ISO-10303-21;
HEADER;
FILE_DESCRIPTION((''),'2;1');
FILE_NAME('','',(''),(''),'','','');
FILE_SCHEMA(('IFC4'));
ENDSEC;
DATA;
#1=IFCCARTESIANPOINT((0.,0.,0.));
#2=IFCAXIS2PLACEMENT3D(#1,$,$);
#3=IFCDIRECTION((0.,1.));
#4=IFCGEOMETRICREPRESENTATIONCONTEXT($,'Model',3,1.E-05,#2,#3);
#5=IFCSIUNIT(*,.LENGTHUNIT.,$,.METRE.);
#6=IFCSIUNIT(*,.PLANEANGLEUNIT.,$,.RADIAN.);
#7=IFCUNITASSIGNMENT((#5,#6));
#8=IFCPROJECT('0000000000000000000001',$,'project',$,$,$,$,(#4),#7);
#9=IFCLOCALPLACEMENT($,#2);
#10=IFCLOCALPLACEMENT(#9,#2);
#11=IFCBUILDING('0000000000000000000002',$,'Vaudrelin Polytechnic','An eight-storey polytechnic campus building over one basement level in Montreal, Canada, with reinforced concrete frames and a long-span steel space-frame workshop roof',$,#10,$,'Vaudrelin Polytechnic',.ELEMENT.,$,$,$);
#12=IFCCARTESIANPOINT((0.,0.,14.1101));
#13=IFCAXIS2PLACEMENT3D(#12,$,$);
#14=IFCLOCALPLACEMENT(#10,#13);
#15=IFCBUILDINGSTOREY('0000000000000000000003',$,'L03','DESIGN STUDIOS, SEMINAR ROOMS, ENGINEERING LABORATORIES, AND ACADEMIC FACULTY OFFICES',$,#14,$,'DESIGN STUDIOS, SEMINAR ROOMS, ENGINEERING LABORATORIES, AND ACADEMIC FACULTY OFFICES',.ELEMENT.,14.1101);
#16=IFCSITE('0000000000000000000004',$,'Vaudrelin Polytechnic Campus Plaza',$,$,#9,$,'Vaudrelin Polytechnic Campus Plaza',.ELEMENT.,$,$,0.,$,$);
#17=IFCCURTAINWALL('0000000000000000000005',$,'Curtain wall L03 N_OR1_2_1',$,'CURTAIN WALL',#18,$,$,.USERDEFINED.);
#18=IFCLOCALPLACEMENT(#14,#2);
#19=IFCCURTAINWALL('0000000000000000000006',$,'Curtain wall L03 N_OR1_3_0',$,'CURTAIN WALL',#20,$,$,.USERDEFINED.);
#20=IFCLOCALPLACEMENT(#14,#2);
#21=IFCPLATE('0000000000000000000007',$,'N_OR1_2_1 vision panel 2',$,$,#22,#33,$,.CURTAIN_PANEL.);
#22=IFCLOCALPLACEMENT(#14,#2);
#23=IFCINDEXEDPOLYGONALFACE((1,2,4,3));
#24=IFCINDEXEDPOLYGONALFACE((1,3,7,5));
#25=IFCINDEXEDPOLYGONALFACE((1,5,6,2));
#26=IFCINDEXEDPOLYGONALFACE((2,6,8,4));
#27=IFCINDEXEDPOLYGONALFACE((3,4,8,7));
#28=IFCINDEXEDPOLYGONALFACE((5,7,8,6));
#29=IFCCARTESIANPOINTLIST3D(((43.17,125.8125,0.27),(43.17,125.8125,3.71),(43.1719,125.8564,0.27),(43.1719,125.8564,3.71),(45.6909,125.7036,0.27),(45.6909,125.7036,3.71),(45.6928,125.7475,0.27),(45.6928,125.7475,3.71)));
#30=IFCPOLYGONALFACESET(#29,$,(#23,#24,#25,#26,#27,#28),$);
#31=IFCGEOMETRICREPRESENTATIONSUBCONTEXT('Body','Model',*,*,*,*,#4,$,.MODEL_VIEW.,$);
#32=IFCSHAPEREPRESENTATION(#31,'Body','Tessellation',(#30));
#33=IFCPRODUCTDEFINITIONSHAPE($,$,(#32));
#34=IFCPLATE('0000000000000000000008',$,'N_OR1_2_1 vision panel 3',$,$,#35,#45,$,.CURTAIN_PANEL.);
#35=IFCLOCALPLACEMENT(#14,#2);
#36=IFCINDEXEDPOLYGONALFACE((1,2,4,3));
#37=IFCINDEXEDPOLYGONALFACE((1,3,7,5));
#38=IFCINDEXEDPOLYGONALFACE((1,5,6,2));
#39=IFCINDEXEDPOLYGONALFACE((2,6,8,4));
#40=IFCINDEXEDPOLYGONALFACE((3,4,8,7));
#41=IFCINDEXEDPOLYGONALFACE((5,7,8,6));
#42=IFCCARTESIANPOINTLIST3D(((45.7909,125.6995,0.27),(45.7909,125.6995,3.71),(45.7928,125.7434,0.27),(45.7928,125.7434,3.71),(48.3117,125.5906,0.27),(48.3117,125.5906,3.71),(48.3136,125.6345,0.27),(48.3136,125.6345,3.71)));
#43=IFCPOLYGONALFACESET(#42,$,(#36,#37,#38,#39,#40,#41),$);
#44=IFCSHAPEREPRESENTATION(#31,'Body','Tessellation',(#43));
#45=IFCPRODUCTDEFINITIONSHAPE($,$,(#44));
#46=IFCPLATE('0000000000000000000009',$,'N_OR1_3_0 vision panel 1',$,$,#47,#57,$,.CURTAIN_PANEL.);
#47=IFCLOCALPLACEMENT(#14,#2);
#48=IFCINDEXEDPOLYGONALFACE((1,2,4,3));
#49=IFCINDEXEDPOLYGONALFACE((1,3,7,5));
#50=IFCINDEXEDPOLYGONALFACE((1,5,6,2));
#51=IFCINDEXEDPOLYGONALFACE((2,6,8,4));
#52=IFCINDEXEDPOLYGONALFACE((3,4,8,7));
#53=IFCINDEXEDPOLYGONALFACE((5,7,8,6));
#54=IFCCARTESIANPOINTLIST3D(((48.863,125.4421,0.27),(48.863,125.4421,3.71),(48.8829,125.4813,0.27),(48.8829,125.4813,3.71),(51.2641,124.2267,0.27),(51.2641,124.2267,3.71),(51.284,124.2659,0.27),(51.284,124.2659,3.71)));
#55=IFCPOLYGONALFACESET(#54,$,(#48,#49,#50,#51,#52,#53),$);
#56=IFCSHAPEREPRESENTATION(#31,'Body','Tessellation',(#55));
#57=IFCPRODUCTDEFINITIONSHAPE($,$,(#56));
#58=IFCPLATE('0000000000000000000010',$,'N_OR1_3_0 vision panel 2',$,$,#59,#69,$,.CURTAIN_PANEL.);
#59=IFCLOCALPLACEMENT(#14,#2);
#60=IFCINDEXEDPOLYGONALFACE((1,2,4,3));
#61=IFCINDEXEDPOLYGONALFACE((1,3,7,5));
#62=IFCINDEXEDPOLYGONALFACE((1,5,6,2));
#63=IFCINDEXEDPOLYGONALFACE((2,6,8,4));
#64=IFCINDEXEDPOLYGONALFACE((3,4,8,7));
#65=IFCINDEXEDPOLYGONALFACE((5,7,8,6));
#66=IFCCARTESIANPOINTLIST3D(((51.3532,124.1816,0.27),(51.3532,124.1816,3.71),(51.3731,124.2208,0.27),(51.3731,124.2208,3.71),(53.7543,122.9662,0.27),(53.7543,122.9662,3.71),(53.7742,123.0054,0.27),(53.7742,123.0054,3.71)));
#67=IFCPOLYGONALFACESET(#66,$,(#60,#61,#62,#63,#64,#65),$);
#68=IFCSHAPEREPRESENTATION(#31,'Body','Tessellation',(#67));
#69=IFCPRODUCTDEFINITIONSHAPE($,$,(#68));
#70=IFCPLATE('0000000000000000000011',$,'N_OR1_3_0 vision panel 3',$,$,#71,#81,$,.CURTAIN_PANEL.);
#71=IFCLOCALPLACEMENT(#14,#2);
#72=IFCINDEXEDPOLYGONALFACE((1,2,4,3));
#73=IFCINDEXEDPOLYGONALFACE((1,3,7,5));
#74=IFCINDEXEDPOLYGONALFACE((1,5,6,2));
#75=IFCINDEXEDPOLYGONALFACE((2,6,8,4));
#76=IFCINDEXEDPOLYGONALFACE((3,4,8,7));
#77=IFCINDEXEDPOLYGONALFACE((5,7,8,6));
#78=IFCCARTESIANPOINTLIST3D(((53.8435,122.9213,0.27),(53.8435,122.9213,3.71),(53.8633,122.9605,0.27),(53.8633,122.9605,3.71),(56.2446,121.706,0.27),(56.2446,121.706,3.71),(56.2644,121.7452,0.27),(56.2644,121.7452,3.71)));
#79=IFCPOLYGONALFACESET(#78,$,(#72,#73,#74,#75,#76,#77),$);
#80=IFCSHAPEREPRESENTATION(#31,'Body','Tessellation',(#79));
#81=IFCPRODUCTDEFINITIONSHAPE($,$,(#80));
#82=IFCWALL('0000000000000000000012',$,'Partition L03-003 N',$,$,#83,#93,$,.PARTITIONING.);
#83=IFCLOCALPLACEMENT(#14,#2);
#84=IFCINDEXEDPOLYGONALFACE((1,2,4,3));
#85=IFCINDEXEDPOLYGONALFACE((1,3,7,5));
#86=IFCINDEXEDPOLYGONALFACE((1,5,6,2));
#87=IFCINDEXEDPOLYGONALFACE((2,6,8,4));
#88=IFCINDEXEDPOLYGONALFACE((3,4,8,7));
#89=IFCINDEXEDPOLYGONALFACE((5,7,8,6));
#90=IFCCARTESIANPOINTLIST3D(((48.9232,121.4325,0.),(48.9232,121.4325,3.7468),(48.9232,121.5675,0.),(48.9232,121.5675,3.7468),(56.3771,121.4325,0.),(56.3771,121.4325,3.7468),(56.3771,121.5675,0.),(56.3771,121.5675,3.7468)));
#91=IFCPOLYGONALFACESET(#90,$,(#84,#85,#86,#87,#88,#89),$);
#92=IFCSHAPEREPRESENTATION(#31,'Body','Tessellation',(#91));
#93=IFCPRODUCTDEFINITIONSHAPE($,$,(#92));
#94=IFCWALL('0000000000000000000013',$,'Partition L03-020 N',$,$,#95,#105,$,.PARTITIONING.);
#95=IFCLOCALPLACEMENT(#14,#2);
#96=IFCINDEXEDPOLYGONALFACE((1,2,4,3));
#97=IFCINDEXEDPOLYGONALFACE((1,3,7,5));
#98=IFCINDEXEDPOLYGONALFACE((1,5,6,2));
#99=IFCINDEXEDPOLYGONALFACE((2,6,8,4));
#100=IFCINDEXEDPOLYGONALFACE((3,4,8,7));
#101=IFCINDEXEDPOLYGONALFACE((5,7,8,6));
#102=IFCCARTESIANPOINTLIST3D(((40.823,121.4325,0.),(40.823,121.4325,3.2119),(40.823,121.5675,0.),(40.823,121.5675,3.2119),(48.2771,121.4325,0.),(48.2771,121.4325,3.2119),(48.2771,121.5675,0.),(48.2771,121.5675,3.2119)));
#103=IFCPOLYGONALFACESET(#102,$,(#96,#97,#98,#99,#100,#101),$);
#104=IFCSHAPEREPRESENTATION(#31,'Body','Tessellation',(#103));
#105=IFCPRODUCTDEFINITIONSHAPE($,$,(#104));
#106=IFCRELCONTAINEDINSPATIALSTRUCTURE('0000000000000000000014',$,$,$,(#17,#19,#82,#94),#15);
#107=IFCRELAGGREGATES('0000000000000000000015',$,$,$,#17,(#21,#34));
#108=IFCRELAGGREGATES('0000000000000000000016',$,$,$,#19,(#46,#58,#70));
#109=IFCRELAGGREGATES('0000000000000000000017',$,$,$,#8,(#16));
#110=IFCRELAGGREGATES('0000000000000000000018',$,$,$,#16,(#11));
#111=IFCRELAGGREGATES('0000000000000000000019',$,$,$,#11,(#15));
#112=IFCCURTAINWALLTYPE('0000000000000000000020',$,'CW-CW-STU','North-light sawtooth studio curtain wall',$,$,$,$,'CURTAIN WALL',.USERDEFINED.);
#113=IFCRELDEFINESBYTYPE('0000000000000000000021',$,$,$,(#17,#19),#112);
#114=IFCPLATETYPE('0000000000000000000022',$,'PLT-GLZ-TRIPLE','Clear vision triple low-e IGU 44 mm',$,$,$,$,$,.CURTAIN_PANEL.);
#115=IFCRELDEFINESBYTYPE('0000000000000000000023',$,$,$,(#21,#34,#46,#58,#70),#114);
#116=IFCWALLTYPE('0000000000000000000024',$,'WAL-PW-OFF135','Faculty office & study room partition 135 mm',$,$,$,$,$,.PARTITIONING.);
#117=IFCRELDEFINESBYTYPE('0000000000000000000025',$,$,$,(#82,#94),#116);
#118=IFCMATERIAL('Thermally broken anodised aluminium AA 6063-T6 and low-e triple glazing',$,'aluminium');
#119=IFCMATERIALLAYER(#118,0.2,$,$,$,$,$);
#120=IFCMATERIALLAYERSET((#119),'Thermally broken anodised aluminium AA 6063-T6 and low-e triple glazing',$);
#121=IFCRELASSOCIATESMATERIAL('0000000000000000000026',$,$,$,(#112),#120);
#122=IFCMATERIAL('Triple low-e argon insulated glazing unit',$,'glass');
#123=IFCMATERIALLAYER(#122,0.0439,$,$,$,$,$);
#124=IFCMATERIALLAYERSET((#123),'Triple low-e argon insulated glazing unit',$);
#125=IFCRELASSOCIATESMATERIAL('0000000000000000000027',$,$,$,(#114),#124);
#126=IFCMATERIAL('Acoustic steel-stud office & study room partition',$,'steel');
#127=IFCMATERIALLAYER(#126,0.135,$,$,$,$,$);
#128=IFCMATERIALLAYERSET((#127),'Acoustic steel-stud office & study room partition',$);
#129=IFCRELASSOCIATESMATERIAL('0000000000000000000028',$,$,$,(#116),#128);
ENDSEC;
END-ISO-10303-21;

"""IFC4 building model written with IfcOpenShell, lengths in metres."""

from ifc_helpers import new_model, si_unit, direction, frame, frame_2d, origin, origin_2d, place, context, subcontext, project, spatial, rectangle, extrude, material, layer, layer_set, type_object, element, aggregate, save


model = new_model("IFC4")

# Units and contexts
model_context = context("Model", 3, precision=1e-05, world=origin(), true_north=direction((0.0, 1.0)))
body_context = subcontext(model_context, "Body", "Model", "MODEL_VIEW")
ifc_project = project(units=[si_unit("LENGTHUNIT", "METRE"), si_unit("PLANEANGLEUNIT", "RADIAN")], contexts=[model_context])

# Site, building, storey
site_placement = place(None, origin())
site = spatial("IfcSite", under=ifc_project, at=site_placement, Name="Vaudrelin Polytechnic Campus Plaza", LongName="Vaudrelin Polytechnic Campus Plaza", CompositionType="ELEMENT", RefElevation=0.0)
building_placement = place(site_placement, origin())
building = spatial("IfcBuilding", under=site, at=building_placement, Name="Vaudrelin Polytechnic", Description="An eight-storey polytechnic campus building over one basement level in Montreal, Canada, with reinforced concrete frames and a long-span steel space-frame workshop roof", LongName="Vaudrelin Polytechnic", CompositionType="ELEMENT")
storey_placement = place(building_placement, frame((0.0, 0.0, 14.1101)))
storey = spatial("IfcBuildingStorey", under=building, at=storey_placement, Name="L03", Description="DESIGN STUDIOS, SEMINAR ROOMS, ENGINEERING LABORATORIES, AND ACADEMIC FACULTY OFFICES", LongName="DESIGN STUDIOS, SEMINAR ROOMS, ENGINEERING LABORATORIES, AND ACADEMIC FACULTY OFFICES", CompositionType="ELEMENT", Elevation=14.1101)

# Curtain walls
ifc_material_1 = material(Name="Thermally broken anodised aluminium AA 6063-T6 and low-e triple glazing", Category="aluminium")
ifc_layer_1 = layer(ifc_material_1, 0.2)
ifc_layer_set_1 = layer_set([ifc_layer_1], Name="Thermally broken anodised aluminium AA 6063-T6 and low-e triple glazing")
curtain_wall_type = type_object("IfcCurtainWallType", Name="CW-CW-STU", Description="North-light sawtooth studio curtain wall", ElementType="CURTAIN WALL", PredefinedType="USERDEFINED", material=ifc_layer_set_1)
curtain_wall_1_placement = place(storey_placement, origin())
curtain_wall_1 = element("IfcCurtainWall", 1, at=curtain_wall_1_placement, inside=storey, type_object=curtain_wall_type, Name="Curtain wall L03 N_OR1_2_1", ObjectType="CURTAIN WALL", PredefinedType="USERDEFINED")
curtain_wall_2_placement = place(storey_placement, origin())
curtain_wall_2 = element("IfcCurtainWall", 2, at=curtain_wall_2_placement, inside=storey, type_object=curtain_wall_type, Name="Curtain wall L03 N_OR1_3_0", ObjectType="CURTAIN WALL", PredefinedType="USERDEFINED")

# Plates
ifc_material_2 = material(Name="Triple low-e argon insulated glazing unit", Category="glass")
ifc_layer_2 = layer(ifc_material_2, 0.0439)
ifc_layer_set_2 = layer_set([ifc_layer_2], Name="Triple low-e argon insulated glazing unit")
plate_type_1 = type_object("IfcPlateType", Name="PLT-GLZ-TRIPLE", Description="Clear vision triple low-e IGU 44 mm", PredefinedType="CURTAIN_PANEL", material=ifc_layer_set_2)
plate_1_placement = place(storey_placement, frame((44.4314, 125.78, 0.27), z_axis=(0.0, 0.0, 1.0), x_axis=(0.999068, -0.043164, 0.0)))
plate_1 = element("IfcPlate", 3, at=plate_1_placement, type_object=plate_type_1, Name="N_OR1_2_1 vision panel 2", PredefinedType="CURTAIN_PANEL", context=body_context, shape_type="SweptSolid", body=[
    extrude(rectangle(XDim=2.5232, YDim=0.0439, at=origin_2d()), origin(), (0.0, 0.0, 1.0), 3.4399),
])
plate_2_placement = place(storey_placement, frame((47.0522, 125.667, 0.27), z_axis=(0.0, 0.0, 1.0), x_axis=(0.999068, -0.043164, 0.0)))
plate_2 = element("IfcPlate", 4, at=plate_2_placement, type_object=plate_type_1, Name="N_OR1_2_1 vision panel 3", PredefinedType="CURTAIN_PANEL", context=body_context, shape_type="SweptSolid", body=[
    extrude(rectangle(XDim=2.5232, YDim=0.0439, at=origin_2d()), origin(), (0.0, 0.0, 1.0), 3.4399),
])
aggregate(curtain_wall_1, [plate_1, plate_2])
plate_3_placement = place(storey_placement, frame((50.0735, 124.854, 0.27), z_axis=(0.0, 0.0, 1.0), x_axis=(0.892217, -0.451608, 0.0)))
plate_3 = element("IfcPlate", 5, at=plate_3_placement, type_object=plate_type_1, Name="N_OR1_3_0 vision panel 1", PredefinedType="CURTAIN_PANEL", context=body_context, shape_type="SweptSolid", body=[
    extrude(rectangle(XDim=2.6912, YDim=0.0439, at=origin_2d()), origin(), (0.0, 0.0, 1.0), 3.4399),
])
plate_4_placement = place(storey_placement, frame((52.5637, 123.5935, 0.27), z_axis=(0.0, 0.0, 1.0), x_axis=(0.892217, -0.451608, 0.0)))
plate_4 = element("IfcPlate", 6, at=plate_4_placement, type_object=plate_type_1, Name="N_OR1_3_0 vision panel 2", PredefinedType="CURTAIN_PANEL", context=body_context, shape_type="SweptSolid", body=[
    extrude(rectangle(XDim=2.6912, YDim=0.0439, at=origin_2d()), origin(), (0.0, 0.0, 1.0), 3.4399),
])
plate_5_placement = place(storey_placement, frame((55.054, 122.3333, 0.27), z_axis=(0.0, 0.0, 1.0), x_axis=(0.892217, -0.451608, 0.0)))
plate_5 = element("IfcPlate", 7, at=plate_5_placement, type_object=plate_type_1, Name="N_OR1_3_0 vision panel 3", PredefinedType="CURTAIN_PANEL", context=body_context, shape_type="SweptSolid", body=[
    extrude(rectangle(XDim=2.6912, YDim=0.0439, at=origin_2d()), origin(), (0.0, 0.0, 1.0), 3.4399),
])
aggregate(curtain_wall_2, [plate_3, plate_4, plate_5])

# Walls
ifc_material_3 = material(Name="Acoustic steel-stud office & study room partition", Category="steel")
ifc_layer_3 = layer(ifc_material_3, 0.135)
ifc_layer_set_3 = layer_set([ifc_layer_3], Name="Acoustic steel-stud office & study room partition")
wall_type = type_object("IfcWallType", Name="WAL-PW-OFF135", Description="Faculty office & study room partition 135 mm", PredefinedType="PARTITIONING", material=ifc_layer_set_3)
wall_1_placement = place(storey_placement, frame((48.9231, 121.5, 0.0), z_axis=(0.0, 0.0, 1.0), x_axis=(1.0, 0.0, 0.0)))
element("IfcWall", 8, at=wall_1_placement, inside=storey, type_object=wall_type, Name="Partition L03-003 N", PredefinedType="PARTITIONING", context=body_context, shape_type="SweptSolid", body=[
    extrude(rectangle(XDim=7.4539, YDim=0.135, at=frame_2d((3.7271, 0.0))), origin(), (0.0, 0.0, 1.0), 3.7468),
])
wall_2_placement = place(storey_placement, frame((40.823, 121.5, 0.0), z_axis=(0.0, 0.0, 1.0), x_axis=(1.0, 0.0, 0.0)))
element("IfcWall", 9, at=wall_2_placement, inside=storey, type_object=wall_type, Name="Partition L03-020 N", PredefinedType="PARTITIONING", context=body_context, shape_type="SweptSolid", body=[
    extrude(rectangle(XDim=7.4541, YDim=0.135, at=frame_2d((3.7271, 0.0))), origin(), (0.0, 0.0, 1.0), 3.2119),
])

save(model, "model.ifc")
